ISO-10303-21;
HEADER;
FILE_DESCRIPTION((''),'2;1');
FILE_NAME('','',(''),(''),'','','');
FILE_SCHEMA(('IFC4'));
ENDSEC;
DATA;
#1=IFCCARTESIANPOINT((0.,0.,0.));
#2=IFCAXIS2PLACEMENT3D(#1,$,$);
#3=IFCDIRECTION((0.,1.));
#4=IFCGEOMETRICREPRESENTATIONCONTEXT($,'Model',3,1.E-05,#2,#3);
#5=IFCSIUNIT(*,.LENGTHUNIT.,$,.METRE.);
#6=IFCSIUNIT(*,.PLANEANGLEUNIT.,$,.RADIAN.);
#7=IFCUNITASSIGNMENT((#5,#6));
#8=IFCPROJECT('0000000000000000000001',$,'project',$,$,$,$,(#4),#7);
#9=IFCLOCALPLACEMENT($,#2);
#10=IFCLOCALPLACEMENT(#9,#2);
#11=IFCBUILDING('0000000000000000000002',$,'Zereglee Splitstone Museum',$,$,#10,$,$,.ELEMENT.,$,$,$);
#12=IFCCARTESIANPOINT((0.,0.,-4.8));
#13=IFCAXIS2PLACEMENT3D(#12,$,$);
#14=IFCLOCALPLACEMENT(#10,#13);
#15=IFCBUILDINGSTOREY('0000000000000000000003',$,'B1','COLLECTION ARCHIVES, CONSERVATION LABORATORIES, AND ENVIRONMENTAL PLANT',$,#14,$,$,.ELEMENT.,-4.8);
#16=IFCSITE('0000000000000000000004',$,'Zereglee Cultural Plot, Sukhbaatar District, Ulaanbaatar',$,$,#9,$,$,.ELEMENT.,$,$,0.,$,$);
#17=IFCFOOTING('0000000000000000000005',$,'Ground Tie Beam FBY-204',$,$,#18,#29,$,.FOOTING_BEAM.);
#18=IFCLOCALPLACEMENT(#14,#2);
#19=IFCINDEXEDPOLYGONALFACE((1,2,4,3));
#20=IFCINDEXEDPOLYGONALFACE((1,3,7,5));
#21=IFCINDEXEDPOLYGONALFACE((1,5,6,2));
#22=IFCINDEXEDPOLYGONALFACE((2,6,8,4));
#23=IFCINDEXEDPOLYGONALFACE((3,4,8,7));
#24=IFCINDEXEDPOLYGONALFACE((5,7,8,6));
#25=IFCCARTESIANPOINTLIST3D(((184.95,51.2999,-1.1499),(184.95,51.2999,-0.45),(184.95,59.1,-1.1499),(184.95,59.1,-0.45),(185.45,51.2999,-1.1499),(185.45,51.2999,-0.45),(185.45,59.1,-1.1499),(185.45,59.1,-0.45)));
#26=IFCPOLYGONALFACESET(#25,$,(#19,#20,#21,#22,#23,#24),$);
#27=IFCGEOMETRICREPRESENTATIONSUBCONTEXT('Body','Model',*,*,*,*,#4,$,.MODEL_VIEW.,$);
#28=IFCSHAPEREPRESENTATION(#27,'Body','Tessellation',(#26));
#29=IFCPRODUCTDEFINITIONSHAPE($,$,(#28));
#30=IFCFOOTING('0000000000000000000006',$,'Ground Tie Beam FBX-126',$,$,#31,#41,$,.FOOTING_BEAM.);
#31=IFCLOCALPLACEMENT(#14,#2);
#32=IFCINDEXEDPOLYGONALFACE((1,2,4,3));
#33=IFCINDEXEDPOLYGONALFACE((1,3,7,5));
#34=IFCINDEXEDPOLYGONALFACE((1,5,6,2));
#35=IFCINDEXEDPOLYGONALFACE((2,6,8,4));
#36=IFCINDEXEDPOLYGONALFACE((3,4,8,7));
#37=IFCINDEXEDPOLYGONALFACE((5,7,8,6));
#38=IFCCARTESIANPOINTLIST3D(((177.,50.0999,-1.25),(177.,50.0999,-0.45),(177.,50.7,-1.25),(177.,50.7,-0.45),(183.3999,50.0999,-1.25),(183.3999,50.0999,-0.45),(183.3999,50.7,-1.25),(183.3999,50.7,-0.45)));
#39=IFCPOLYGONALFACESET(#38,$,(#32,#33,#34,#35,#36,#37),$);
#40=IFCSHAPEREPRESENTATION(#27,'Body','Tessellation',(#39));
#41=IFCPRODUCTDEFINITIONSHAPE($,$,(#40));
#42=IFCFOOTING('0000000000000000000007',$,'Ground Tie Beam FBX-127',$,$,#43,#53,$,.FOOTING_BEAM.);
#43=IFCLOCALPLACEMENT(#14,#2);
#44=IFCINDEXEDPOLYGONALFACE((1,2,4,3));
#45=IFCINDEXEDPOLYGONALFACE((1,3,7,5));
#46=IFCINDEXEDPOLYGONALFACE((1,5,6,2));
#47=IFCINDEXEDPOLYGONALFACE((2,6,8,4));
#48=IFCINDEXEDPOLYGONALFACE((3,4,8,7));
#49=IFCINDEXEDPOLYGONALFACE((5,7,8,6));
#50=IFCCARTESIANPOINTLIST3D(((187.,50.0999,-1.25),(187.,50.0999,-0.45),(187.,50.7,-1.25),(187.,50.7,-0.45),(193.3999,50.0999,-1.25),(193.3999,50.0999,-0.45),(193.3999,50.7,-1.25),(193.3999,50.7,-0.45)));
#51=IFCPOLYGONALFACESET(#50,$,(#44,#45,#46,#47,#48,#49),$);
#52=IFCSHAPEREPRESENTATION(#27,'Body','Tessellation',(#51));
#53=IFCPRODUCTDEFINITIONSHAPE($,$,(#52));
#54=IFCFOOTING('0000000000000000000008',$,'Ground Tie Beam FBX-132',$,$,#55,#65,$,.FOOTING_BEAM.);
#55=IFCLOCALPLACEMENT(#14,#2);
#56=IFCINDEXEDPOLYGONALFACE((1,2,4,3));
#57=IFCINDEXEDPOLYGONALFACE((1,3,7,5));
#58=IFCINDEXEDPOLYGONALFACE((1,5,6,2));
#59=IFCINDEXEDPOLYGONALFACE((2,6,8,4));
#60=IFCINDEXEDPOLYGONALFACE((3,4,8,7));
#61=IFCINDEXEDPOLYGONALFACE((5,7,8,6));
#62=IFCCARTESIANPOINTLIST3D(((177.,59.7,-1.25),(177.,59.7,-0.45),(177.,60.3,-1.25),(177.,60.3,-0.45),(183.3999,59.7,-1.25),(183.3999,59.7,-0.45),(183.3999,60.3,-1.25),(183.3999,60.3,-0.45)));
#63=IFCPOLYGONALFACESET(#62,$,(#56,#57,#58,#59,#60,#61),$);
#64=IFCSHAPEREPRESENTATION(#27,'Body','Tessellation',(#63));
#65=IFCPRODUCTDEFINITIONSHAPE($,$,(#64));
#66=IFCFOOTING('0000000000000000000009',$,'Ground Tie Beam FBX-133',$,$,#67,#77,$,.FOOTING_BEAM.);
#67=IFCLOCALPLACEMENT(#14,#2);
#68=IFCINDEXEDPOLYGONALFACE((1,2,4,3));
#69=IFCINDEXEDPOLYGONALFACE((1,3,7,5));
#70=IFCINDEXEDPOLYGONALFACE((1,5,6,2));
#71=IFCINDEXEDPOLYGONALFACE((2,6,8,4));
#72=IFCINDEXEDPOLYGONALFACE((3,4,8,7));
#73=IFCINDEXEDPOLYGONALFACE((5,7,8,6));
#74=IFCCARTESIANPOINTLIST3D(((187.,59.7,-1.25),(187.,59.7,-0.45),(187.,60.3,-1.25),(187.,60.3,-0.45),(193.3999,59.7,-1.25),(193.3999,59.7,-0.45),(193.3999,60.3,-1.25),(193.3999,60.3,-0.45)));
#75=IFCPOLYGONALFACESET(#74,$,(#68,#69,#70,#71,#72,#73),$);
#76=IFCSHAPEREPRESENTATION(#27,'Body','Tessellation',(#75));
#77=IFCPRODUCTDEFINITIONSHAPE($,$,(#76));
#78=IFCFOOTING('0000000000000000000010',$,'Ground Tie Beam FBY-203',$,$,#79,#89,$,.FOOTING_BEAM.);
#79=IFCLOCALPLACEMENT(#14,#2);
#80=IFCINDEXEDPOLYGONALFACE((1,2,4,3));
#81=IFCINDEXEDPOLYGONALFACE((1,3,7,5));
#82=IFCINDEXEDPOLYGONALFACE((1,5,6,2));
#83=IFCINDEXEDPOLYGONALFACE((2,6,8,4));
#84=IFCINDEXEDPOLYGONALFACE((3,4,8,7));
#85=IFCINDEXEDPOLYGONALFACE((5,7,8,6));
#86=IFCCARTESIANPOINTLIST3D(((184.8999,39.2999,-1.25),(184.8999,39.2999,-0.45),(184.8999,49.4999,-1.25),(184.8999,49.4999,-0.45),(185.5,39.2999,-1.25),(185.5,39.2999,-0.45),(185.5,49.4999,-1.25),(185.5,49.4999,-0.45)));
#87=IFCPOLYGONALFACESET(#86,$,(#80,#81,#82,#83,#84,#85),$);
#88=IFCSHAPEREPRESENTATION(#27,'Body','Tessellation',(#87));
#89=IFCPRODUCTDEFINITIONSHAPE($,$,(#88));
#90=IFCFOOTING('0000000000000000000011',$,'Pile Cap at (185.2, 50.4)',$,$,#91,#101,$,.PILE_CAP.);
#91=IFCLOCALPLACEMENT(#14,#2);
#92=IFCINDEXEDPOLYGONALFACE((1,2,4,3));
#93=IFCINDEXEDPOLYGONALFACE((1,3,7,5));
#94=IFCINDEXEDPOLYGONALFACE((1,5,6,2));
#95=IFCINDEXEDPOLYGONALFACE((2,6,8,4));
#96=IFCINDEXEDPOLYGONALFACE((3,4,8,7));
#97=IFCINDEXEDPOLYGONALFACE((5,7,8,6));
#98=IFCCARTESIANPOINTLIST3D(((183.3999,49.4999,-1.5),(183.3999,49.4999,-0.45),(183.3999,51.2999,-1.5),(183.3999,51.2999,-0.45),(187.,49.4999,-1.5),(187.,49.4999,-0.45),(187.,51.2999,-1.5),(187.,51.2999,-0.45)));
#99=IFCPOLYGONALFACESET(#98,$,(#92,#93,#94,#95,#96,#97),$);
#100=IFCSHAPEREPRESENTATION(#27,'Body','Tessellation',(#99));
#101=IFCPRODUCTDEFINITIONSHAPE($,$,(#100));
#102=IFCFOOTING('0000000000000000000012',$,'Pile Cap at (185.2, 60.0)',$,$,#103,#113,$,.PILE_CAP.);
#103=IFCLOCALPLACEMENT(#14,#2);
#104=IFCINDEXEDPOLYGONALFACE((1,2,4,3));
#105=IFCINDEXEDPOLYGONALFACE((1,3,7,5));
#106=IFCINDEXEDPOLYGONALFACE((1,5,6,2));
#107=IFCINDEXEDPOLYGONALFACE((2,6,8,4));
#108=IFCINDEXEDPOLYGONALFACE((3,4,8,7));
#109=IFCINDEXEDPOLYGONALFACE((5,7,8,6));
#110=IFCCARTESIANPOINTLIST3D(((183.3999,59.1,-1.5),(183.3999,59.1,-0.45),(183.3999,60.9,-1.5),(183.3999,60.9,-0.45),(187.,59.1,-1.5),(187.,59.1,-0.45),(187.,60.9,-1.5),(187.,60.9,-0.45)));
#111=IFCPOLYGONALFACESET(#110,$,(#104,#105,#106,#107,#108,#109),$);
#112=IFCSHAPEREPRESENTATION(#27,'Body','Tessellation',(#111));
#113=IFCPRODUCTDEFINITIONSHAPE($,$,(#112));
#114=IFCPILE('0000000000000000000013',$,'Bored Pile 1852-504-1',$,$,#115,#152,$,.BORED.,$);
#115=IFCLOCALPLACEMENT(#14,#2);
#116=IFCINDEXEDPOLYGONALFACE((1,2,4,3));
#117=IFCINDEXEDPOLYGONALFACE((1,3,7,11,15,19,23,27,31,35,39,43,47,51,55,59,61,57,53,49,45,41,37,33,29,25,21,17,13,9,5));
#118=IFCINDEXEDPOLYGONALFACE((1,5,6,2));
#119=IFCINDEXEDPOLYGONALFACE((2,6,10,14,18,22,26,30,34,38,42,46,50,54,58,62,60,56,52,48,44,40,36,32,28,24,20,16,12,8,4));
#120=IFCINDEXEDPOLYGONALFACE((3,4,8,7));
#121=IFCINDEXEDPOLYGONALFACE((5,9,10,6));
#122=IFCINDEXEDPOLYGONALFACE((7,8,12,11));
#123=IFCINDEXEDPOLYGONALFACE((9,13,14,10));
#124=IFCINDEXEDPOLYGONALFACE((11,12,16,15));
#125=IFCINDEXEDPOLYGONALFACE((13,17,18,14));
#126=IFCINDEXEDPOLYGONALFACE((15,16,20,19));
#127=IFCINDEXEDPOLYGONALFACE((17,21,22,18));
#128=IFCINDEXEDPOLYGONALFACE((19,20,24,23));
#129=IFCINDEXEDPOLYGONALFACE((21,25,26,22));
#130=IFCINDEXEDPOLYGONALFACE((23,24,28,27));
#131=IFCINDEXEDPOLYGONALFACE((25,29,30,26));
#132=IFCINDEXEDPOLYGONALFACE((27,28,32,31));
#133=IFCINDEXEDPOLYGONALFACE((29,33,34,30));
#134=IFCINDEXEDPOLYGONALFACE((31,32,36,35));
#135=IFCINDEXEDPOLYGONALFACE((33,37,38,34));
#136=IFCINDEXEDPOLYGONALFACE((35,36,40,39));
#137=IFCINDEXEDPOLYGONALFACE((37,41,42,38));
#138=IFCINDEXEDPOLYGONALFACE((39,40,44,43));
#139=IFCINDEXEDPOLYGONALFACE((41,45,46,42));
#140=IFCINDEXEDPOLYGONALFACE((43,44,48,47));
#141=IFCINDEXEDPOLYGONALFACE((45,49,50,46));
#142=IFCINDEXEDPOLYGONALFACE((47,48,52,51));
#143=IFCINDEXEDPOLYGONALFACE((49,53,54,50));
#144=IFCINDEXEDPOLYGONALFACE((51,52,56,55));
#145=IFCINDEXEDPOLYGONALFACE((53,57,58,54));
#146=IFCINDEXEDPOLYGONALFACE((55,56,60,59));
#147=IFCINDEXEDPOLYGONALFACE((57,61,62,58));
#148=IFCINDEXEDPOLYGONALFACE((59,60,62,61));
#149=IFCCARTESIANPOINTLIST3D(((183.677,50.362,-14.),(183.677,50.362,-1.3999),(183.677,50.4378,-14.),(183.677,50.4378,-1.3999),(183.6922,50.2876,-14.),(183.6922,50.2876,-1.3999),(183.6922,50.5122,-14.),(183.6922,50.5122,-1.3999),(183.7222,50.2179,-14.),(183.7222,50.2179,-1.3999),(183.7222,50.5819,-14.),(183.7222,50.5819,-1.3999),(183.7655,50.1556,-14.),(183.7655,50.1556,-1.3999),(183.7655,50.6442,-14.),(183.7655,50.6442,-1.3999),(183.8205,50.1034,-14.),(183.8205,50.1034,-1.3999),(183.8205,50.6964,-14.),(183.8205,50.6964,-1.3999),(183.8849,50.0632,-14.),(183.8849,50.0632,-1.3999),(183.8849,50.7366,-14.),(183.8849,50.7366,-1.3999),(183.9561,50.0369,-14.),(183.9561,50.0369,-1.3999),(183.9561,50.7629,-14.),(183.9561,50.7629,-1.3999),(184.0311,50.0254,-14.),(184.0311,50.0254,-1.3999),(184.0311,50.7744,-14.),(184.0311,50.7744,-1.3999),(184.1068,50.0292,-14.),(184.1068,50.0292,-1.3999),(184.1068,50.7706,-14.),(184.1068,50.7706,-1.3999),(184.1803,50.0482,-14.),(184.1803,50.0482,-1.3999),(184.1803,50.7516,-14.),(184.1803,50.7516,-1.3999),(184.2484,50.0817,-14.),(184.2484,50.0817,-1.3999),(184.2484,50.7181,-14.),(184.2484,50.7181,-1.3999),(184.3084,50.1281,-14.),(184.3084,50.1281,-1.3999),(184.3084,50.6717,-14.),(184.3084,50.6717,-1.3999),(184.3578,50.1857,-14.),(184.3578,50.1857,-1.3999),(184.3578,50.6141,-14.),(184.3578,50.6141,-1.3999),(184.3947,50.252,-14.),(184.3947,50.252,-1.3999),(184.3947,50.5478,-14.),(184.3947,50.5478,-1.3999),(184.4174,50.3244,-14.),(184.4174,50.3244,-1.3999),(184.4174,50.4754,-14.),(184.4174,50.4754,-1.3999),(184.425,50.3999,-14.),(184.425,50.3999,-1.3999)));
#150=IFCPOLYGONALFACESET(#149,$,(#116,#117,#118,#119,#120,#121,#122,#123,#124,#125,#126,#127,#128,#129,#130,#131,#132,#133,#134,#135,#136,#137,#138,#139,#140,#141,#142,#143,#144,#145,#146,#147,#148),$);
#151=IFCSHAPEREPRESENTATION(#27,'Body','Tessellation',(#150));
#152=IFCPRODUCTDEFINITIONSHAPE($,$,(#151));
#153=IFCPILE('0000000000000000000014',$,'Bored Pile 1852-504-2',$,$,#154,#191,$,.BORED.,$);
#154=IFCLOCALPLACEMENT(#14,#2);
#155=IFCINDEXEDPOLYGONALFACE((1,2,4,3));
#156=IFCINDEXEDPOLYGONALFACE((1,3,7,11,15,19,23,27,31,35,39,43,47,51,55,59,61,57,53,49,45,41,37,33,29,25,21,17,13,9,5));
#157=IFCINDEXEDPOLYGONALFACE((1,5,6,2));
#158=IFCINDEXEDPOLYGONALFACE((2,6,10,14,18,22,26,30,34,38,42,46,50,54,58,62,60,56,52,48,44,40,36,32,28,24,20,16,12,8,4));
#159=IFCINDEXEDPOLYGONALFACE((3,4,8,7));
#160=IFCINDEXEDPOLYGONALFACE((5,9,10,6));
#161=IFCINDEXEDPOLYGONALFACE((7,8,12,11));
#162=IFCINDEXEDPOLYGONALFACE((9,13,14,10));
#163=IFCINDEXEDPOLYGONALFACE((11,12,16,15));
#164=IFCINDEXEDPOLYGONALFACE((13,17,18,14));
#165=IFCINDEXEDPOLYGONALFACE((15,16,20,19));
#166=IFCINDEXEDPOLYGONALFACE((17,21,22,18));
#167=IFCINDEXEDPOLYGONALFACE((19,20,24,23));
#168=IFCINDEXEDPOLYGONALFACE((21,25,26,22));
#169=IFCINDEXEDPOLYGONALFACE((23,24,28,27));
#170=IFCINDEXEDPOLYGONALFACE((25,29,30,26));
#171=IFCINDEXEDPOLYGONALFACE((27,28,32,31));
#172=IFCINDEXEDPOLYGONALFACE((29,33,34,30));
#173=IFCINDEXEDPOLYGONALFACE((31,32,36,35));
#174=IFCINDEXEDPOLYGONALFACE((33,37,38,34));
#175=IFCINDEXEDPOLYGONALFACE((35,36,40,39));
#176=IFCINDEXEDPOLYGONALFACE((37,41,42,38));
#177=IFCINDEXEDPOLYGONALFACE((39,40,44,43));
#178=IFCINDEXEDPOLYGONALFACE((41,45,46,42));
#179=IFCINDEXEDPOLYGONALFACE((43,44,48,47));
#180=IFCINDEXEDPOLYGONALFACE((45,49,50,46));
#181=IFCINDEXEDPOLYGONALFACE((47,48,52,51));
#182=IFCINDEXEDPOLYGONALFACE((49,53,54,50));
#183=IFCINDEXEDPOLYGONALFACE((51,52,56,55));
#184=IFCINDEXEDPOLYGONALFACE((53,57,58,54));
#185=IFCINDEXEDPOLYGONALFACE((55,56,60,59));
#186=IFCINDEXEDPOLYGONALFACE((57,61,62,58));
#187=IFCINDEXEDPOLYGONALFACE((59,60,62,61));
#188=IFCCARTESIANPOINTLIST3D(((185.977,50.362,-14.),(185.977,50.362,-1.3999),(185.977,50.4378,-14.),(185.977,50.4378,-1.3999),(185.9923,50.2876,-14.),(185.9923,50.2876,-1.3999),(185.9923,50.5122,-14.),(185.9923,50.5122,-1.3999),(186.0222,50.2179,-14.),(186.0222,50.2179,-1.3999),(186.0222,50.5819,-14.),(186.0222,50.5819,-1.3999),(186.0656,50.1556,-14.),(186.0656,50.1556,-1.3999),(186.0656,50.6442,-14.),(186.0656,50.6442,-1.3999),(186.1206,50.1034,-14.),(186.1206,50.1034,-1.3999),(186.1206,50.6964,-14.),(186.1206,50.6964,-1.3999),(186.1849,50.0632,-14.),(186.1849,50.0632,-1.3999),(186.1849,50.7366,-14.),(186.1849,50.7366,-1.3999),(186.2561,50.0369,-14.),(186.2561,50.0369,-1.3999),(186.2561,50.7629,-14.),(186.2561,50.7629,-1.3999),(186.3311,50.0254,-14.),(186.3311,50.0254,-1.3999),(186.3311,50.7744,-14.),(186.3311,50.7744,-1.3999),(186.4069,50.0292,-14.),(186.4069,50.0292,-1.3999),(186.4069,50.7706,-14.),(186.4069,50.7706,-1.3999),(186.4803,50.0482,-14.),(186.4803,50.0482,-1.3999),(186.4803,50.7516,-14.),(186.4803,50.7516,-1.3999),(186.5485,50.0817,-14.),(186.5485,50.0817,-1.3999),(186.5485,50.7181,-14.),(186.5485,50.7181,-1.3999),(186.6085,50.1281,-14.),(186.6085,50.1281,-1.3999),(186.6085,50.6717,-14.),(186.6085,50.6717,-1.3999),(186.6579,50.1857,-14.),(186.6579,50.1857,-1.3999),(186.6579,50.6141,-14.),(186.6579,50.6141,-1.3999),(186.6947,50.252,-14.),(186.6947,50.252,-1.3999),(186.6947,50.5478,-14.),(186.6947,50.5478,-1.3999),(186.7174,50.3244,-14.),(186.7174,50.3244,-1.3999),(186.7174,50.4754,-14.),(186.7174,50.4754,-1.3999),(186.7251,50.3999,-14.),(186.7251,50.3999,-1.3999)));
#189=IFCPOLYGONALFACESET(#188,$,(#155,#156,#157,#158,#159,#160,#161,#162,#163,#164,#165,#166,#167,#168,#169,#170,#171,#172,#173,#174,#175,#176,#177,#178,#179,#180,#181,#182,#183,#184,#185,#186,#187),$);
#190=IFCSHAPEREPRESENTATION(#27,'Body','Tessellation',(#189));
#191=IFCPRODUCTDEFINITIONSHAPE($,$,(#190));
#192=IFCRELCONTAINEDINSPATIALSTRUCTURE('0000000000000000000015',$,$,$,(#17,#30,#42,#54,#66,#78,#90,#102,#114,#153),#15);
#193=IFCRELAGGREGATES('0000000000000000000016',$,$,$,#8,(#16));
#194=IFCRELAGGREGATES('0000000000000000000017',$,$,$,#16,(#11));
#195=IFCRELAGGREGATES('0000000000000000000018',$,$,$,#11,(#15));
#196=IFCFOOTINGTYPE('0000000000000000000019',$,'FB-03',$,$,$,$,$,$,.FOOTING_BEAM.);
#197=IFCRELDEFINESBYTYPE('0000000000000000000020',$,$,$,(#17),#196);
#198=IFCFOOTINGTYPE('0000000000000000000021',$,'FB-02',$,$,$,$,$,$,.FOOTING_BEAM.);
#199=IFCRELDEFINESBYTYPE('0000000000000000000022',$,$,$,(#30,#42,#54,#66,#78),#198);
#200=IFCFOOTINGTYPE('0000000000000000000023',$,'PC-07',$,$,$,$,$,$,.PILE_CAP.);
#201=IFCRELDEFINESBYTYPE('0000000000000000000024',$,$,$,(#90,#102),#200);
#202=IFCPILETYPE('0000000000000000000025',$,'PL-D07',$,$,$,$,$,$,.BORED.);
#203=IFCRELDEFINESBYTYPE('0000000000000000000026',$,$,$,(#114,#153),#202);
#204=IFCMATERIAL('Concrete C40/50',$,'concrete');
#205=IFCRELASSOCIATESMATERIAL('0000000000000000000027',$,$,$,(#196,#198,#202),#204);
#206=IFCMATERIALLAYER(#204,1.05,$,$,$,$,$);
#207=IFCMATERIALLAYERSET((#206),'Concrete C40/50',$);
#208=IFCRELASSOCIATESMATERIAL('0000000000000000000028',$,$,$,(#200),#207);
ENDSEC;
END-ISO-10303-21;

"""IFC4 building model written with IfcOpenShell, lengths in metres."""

from ifc_helpers import new_model, si_unit, direction, frame, origin, origin_2d, place, context, subcontext, project, spatial, rectangle, circle, extrude, material, layer, layer_set, material_profile, profile_set, type_object, element, save


model = new_model("IFC4")

# Units and contexts
model_context = context("Model", 3, precision=1e-05, world=origin(), true_north=direction((0.0, 1.0)))
body_context = subcontext(model_context, "Body", "Model", "MODEL_VIEW")
ifc_project = project(units=[si_unit("LENGTHUNIT", "METRE"), si_unit("PLANEANGLEUNIT", "RADIAN")], contexts=[model_context])

# Site, building, storey
site_placement = place(None, origin())
site = spatial("IfcSite", under=ifc_project, at=site_placement, Name="Zereglee Cultural Plot, Sukhbaatar District, Ulaanbaatar", CompositionType="ELEMENT", RefElevation=0.0)
building_placement = place(site_placement, origin())
building = spatial("IfcBuilding", under=site, at=building_placement, Name="Zereglee Splitstone Museum", CompositionType="ELEMENT")
storey_placement = place(building_placement, frame((0.0, 0.0, -4.8)))
storey = spatial("IfcBuildingStorey", under=building, at=storey_placement, Name="B1", Description="COLLECTION ARCHIVES, CONSERVATION LABORATORIES, AND ENVIRONMENTAL PLANT", CompositionType="ELEMENT", Elevation=-4.8)

# Footings
ifc_material_1 = material(Name="Concrete C40/50", Category="concrete")
footing_type_1 = type_object("IfcFootingType", Name="FB-03", PredefinedType="FOOTING_BEAM", material=ifc_material_1)
footing_1_placement = place(storey_placement, frame((185.2, 55.2, -1.1499), z_axis=(0.0, 0.0, 1.0), x_axis=(0.0, 1.0, 0.0)))
element("IfcFooting", 1, at=footing_1_placement, inside=storey, type_object=footing_type_1, Name="Ground Tie Beam FBY-204", PredefinedType="FOOTING_BEAM", context=body_context, shape_type="SweptSolid", body=[
    extrude(rectangle(XDim=7.8, YDim=0.5, at=origin_2d()), origin(), (0.0, 0.0, 1.0), 0.7),
])
footing_type_2 = type_object("IfcFootingType", Name="FB-02", PredefinedType="FOOTING_BEAM", material=ifc_material_1)
for number, where, z_axis, x_axis, name in (
    (2, (180.2, 50.3999, -1.25), (0.0, 0.0, 1.0), (1.0, 0.0, 0.0), "Ground Tie Beam FBX-126"),
    (3, (190.2, 50.3999, -1.25), (0.0, 0.0, 1.0), (1.0, 0.0, 0.0), "Ground Tie Beam FBX-127"),
    (4, (180.2, 60.0, -1.25), (0.0, 0.0, 1.0), (1.0, 0.0, 0.0), "Ground Tie Beam FBX-132"),
    (5, (190.2, 60.0, -1.25), (0.0, 0.0, 1.0), (1.0, 0.0, 0.0), "Ground Tie Beam FBX-133"),
):
    element("IfcFooting", number, at=place(storey_placement, frame(where, z_axis=z_axis, x_axis=x_axis)), inside=storey, type_object=footing_type_2, Name=name, PredefinedType="FOOTING_BEAM", context=body_context, shape_type="SweptSolid", body=[
        extrude(rectangle(XDim=6.3999, YDim=0.6001, at=origin_2d()), origin(), (0.0, 0.0, 1.0), 0.8),
    ])
footing_2_placement = place(storey_placement, frame((185.2, 44.3999, -1.25), z_axis=(0.0, 0.0, 1.0), x_axis=(0.0, 1.0, 0.0)))
element("IfcFooting", 6, at=footing_2_placement, inside=storey, type_object=footing_type_2, Name="Ground Tie Beam FBY-203", PredefinedType="FOOTING_BEAM", context=body_context, shape_type="SweptSolid", body=[
    extrude(rectangle(XDim=10.2, YDim=0.6001, at=origin_2d()), origin(), (0.0, 0.0, 1.0), 0.8),
])
ifc_layer_1 = layer(ifc_material_1, 1.05)
ifc_layer_set_1 = layer_set([ifc_layer_1], Name="Concrete C40/50")
footing_type_3 = type_object("IfcFootingType", Name="PC-07", PredefinedType="PILE_CAP", material=ifc_layer_set_1)
for number, where, z_axis, x_axis, name in (
    (7, (185.2, 50.3999, -1.5), (0.0, 0.0, 1.0), (1.0, 0.0, 0.0), "Pile Cap at (185.2, 50.4)"),
    (8, (185.2, 60.0, -1.5), (0.0, 0.0, 1.0), (1.0, 0.0, 0.0), "Pile Cap at (185.2, 60.0)"),
):
    element("IfcFooting", number, at=place(storey_placement, frame(where, z_axis=z_axis, x_axis=x_axis)), inside=storey, type_object=footing_type_3, Name=name, PredefinedType="PILE_CAP", context=body_context, shape_type="SweptSolid", body=[
        extrude(rectangle(XDim=3.6001, YDim=1.8, at=origin_2d()), origin(), (0.0, 0.0, 1.0), 1.05),
    ])

# Piles
ifc_material_profile_1 = material_profile(ifc_material_1, circle(Radius=0.375, at=origin_2d()), Name="PILE D750")
ifc_profile_set_1 = profile_set([ifc_material_profile_1], Name="Concrete C40/50")
pile_type = type_object("IfcPileType", Name="PL-D07", PredefinedType="BORED", material=ifc_profile_set_1)
for number, where, z_axis, x_axis, name in (
    (9, (184.05, 50.3999, -1.3999), (0.0, 0.0, -1.0), (1.0, 0.0, 0.0), "Bored Pile 1852-504-1"),
    (10, (186.3501, 50.3999, -1.3999), (0.0, 0.0, -1.0), (1.0, 0.0, 0.0), "Bored Pile 1852-504-2"),
):
    element("IfcPile", number, at=place(storey_placement, frame(where, z_axis=z_axis, x_axis=x_axis)), inside=storey, type_object=pile_type, Name=name, PredefinedType="BORED", context=body_context, shape_type="SweptSolid", body=[
        extrude(circle(Radius=0.375, at=origin_2d()), origin(), (0.0, 0.0, 1.0), 12.6001),
    ])

save(model, "model.ifc")
